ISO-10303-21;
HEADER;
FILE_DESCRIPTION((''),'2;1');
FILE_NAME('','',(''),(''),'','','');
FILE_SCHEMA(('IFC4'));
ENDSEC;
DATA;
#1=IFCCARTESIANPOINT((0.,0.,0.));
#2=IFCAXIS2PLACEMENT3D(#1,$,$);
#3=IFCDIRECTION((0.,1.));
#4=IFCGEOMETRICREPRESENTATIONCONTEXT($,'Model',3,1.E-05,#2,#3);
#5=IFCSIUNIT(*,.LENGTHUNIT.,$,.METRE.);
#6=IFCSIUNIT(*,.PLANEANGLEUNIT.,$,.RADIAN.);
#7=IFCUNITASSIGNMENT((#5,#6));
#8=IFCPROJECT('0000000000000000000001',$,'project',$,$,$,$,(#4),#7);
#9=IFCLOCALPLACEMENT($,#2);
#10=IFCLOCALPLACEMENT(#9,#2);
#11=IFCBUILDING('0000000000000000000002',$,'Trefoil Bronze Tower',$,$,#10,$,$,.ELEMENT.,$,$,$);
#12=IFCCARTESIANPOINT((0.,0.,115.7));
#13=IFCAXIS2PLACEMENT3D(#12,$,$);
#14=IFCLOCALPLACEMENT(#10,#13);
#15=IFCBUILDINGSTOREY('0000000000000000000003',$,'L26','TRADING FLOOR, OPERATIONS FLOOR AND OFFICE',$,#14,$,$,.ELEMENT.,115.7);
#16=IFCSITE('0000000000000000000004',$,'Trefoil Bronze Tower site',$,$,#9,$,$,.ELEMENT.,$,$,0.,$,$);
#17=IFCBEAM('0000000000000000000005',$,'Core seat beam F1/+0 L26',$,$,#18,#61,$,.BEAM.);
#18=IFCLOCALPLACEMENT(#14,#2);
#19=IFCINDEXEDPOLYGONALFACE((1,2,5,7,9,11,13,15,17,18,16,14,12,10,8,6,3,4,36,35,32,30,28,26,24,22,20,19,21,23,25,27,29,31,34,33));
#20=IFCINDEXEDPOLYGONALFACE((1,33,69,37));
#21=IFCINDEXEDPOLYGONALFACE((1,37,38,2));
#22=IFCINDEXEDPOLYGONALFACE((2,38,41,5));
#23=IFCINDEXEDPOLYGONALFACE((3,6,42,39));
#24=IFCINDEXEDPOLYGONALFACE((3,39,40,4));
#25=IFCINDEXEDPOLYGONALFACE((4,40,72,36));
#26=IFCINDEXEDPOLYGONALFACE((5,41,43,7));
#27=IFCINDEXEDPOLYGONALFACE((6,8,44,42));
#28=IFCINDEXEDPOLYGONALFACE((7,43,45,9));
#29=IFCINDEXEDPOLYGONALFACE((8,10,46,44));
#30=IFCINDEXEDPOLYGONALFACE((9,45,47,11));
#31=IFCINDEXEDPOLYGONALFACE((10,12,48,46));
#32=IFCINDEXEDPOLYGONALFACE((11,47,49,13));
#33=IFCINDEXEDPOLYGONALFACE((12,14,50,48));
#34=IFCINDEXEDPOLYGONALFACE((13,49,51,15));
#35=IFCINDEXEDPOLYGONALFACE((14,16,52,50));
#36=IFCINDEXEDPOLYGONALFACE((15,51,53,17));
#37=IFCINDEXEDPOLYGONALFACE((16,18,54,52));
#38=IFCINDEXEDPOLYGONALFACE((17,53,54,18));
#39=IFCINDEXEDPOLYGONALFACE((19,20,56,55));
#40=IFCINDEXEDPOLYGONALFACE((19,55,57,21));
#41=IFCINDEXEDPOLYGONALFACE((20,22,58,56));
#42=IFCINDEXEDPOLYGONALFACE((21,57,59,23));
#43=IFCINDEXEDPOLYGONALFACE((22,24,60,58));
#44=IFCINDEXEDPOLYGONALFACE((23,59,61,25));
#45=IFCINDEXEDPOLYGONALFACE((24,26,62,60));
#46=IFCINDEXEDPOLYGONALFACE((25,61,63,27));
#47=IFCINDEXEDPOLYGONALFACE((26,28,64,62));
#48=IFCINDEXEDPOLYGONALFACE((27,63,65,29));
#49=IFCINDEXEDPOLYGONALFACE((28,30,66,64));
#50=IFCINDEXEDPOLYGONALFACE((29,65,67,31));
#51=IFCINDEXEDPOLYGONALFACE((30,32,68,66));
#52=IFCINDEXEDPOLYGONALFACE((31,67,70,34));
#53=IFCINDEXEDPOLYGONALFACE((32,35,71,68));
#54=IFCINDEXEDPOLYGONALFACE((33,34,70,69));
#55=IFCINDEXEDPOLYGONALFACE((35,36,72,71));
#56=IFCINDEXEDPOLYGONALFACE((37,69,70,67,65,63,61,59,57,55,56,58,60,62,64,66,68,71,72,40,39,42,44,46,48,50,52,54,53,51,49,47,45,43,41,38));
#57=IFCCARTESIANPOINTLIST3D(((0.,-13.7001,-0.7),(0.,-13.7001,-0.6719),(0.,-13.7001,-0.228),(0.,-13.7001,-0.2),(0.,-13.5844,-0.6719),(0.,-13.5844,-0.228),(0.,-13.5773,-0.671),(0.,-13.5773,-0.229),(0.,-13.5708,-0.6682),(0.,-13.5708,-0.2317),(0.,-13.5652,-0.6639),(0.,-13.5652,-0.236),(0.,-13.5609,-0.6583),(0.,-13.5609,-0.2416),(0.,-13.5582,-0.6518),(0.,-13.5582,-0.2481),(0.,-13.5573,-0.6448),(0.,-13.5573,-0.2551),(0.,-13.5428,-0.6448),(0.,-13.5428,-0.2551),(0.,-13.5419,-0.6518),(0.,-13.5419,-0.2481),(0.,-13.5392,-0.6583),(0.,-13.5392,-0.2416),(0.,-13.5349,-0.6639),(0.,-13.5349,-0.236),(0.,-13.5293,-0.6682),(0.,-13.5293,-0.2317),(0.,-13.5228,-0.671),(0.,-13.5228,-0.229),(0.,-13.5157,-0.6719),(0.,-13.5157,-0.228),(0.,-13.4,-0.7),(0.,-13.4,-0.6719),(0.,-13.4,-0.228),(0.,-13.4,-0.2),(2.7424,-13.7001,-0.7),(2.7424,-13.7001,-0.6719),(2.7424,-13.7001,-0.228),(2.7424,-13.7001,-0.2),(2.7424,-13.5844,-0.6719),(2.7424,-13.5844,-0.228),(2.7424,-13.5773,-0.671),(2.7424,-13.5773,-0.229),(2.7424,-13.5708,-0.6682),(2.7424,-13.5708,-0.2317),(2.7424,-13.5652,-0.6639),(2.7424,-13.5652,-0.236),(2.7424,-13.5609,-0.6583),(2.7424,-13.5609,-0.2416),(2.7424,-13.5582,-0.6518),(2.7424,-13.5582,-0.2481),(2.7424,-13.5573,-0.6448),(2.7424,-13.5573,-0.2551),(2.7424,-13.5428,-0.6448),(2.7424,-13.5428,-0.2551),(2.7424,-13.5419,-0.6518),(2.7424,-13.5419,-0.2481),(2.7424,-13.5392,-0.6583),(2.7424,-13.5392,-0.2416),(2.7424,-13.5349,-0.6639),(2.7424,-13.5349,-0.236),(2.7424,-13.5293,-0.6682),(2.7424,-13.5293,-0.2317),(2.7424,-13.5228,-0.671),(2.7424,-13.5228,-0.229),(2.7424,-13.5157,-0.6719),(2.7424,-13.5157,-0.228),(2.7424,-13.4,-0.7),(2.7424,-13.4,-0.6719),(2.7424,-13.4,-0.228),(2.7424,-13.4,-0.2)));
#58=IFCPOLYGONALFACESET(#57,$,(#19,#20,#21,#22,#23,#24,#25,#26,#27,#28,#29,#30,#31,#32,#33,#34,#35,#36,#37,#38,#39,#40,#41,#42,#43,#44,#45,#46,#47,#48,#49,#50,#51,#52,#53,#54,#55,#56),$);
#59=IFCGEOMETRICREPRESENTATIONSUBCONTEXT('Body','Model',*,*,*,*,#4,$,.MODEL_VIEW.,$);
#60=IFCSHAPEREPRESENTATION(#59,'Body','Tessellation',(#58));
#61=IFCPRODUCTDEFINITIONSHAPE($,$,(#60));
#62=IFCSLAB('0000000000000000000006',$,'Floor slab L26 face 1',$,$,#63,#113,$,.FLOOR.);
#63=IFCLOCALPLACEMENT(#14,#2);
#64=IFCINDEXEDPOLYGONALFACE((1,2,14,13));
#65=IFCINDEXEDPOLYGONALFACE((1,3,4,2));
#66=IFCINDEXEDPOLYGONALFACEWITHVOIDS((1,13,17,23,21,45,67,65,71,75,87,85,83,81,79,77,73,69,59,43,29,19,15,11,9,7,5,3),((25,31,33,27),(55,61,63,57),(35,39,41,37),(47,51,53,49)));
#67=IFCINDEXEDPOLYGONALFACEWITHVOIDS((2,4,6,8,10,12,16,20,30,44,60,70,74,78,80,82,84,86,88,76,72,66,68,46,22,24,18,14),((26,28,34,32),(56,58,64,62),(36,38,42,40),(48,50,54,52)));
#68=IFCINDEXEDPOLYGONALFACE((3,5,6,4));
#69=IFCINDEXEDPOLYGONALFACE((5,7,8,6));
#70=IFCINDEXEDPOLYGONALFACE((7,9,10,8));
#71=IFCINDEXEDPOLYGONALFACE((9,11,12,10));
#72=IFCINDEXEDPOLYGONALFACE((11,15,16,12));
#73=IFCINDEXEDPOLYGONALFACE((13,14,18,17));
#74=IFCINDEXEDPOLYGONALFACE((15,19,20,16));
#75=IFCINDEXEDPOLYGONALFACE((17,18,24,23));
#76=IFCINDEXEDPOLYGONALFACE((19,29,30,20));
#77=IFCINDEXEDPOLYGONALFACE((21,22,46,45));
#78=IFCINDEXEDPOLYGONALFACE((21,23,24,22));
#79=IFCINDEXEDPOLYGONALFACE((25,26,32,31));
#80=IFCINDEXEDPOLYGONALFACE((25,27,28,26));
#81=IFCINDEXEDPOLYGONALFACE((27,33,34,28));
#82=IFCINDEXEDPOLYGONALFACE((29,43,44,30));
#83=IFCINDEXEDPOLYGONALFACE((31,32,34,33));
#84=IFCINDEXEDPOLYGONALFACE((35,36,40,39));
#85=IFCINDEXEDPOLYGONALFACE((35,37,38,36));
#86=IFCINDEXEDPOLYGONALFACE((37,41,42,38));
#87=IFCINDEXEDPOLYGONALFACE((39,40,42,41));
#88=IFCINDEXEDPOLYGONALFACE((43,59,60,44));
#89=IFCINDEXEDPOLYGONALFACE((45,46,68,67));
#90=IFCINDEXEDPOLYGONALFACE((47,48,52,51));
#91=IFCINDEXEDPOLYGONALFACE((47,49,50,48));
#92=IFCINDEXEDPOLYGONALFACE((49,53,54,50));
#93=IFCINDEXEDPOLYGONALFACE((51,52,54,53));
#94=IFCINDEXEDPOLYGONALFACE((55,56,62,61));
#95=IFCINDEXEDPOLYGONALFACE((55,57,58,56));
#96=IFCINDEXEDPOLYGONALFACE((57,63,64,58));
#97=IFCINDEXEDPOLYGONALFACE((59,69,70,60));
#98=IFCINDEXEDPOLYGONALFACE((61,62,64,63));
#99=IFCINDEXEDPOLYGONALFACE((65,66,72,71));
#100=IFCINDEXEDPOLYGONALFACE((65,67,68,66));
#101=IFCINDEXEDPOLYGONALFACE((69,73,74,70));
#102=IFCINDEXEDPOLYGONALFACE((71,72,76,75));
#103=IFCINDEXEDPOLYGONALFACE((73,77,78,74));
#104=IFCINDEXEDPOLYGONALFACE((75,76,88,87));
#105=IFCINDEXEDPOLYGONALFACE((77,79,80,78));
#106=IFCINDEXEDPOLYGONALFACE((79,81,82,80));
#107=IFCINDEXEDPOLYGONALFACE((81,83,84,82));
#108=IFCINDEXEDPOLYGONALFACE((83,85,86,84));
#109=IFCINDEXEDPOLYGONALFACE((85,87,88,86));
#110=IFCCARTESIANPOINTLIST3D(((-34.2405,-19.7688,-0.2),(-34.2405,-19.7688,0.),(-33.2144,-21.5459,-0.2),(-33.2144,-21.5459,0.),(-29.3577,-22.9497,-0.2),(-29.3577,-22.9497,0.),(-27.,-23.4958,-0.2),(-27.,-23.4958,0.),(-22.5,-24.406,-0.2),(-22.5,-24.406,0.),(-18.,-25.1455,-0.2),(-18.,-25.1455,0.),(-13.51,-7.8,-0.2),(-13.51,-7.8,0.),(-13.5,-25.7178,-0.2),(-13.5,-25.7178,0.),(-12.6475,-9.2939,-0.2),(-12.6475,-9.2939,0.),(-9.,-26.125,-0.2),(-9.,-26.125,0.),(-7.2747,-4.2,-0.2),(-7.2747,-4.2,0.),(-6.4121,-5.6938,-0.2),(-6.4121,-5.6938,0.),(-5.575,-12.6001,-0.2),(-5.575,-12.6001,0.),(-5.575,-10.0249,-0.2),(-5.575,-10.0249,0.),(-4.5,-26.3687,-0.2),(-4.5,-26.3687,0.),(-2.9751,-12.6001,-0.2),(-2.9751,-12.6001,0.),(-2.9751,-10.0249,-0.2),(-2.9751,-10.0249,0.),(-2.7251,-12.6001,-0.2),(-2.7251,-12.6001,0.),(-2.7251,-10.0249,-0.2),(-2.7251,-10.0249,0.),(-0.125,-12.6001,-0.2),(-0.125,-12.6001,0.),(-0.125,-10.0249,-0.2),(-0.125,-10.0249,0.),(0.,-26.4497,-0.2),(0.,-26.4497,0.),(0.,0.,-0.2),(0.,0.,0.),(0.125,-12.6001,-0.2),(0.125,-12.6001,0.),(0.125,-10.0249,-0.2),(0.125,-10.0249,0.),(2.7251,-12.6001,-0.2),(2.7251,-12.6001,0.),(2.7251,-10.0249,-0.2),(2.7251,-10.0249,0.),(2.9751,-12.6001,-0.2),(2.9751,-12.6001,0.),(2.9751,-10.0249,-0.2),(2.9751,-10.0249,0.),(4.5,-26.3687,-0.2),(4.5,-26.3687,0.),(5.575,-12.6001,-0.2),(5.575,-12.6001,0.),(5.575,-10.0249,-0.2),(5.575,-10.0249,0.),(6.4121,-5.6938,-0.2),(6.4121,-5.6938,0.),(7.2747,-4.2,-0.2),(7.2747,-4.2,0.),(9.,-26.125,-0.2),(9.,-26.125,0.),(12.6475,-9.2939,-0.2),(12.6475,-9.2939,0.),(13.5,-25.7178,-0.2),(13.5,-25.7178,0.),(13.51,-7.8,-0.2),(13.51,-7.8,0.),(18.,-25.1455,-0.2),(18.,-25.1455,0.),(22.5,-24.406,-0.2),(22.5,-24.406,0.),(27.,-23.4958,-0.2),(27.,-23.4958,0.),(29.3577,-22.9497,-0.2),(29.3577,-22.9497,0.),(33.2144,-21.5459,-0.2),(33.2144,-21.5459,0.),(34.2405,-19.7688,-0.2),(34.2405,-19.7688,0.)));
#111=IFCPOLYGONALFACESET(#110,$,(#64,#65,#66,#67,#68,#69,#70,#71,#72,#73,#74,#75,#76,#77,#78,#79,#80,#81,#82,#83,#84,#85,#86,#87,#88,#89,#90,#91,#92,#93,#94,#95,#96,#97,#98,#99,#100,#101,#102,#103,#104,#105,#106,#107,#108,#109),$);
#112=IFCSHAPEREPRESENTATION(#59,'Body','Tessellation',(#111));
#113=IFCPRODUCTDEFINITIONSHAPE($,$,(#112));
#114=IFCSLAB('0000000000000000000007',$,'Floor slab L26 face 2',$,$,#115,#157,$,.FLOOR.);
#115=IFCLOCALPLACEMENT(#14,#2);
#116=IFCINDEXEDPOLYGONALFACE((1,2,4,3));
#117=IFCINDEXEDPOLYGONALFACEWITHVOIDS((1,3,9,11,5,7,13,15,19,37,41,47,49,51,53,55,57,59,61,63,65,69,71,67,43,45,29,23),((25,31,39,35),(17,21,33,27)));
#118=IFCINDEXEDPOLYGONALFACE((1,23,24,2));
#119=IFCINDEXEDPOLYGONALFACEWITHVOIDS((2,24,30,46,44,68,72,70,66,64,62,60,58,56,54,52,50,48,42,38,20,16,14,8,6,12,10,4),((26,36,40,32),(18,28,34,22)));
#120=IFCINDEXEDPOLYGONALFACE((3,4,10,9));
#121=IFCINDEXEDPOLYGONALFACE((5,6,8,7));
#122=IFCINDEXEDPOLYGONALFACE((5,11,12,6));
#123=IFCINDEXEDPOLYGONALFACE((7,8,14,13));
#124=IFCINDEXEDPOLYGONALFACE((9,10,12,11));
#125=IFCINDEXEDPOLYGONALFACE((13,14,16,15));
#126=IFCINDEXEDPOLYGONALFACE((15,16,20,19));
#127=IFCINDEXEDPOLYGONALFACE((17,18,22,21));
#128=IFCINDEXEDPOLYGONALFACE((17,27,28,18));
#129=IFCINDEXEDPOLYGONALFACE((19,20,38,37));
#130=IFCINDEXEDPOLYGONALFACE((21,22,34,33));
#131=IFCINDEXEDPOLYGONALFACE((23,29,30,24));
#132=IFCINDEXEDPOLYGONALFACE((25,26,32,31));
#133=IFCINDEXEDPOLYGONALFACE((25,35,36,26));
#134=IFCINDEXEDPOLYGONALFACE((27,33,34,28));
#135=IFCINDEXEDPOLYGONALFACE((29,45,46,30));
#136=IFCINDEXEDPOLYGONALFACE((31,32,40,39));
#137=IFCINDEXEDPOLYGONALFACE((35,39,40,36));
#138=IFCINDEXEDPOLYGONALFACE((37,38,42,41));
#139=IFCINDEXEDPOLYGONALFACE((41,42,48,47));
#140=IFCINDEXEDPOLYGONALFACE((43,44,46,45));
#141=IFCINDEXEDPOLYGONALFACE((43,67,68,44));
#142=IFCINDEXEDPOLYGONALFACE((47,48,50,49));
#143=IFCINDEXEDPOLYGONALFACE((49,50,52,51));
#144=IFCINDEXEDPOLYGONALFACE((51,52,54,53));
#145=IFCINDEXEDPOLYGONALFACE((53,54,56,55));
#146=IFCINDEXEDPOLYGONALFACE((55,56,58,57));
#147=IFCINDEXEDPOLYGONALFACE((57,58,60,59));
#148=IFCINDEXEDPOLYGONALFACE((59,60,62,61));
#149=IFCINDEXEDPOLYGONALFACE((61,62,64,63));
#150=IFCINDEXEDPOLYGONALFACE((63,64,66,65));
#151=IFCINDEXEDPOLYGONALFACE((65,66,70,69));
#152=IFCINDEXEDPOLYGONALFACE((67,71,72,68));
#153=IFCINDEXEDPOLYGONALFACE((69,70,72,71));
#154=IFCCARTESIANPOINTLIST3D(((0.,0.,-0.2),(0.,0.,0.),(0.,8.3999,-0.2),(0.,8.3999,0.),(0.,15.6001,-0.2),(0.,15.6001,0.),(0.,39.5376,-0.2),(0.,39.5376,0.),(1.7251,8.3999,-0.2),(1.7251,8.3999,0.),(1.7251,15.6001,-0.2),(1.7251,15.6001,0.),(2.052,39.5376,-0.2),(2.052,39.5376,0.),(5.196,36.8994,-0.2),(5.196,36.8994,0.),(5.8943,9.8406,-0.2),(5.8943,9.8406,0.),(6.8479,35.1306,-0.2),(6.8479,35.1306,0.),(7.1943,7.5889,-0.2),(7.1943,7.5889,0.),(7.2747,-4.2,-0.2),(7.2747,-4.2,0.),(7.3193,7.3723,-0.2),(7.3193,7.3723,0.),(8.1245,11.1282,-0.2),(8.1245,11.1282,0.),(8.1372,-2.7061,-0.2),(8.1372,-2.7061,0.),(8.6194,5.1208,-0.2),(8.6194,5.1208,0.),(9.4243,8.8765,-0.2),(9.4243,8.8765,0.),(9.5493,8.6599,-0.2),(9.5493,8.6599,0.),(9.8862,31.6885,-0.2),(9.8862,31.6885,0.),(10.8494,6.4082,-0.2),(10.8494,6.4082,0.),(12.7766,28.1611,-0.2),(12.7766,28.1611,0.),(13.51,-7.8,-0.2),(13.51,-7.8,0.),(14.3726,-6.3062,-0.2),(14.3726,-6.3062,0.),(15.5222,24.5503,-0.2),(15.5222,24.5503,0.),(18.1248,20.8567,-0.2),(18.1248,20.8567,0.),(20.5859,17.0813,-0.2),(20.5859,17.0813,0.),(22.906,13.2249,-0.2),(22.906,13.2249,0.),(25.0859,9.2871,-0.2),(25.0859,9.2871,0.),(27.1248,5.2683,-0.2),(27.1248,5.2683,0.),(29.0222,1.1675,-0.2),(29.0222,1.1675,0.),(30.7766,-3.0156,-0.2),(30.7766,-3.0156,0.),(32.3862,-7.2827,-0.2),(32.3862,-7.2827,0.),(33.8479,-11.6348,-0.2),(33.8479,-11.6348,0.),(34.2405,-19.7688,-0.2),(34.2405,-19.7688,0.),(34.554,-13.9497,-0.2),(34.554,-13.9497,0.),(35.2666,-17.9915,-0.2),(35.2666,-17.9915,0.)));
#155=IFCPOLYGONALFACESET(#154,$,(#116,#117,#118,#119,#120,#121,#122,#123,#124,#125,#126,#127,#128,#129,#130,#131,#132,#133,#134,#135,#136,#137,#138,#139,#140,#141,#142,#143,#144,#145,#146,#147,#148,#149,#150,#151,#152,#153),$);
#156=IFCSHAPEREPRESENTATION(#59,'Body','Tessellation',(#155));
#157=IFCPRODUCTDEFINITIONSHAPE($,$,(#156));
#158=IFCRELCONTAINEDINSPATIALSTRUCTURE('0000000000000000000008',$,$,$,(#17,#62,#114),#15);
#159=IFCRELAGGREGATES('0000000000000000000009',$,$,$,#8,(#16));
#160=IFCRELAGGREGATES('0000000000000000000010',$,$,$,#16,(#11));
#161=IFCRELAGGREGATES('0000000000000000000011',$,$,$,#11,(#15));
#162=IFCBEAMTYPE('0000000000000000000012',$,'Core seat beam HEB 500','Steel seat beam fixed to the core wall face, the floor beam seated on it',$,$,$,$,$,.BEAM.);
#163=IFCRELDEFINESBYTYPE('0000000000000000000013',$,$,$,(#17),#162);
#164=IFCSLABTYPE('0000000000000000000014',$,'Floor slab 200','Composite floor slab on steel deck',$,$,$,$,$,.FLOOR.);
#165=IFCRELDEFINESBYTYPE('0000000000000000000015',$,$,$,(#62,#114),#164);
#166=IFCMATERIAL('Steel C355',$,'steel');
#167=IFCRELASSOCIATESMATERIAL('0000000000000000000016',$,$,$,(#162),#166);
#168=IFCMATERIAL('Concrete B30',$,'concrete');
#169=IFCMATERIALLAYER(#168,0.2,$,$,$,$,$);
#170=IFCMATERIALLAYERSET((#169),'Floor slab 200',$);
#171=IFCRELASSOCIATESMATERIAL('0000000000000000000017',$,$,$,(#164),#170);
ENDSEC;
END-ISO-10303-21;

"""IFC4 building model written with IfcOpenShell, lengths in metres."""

from ifc_helpers import new_model, si_unit, direction, frame, origin, origin_2d, place, context, subcontext, project, spatial, polyline, i_section, outline, extrude, material, layer, layer_set, material_profile, profile_set, type_object, element, save


model = new_model("IFC4")

# Units and contexts
model_context = context("Model", 3, precision=1e-05, world=origin(), true_north=direction((0.0, 1.0)))
body_context = subcontext(model_context, "Body", "Model", "MODEL_VIEW")
ifc_project = project(units=[si_unit("LENGTHUNIT", "METRE"), si_unit("PLANEANGLEUNIT", "RADIAN")], contexts=[model_context])

# Site, building, storey
site_placement = place(None, origin())
site = spatial("IfcSite", under=ifc_project, at=site_placement, Name="Trefoil Bronze Tower site", CompositionType="ELEMENT", RefElevation=0.0)
building_placement = place(site_placement, origin())
building = spatial("IfcBuilding", under=site, at=building_placement, Name="Trefoil Bronze Tower", CompositionType="ELEMENT")
storey_placement = place(building_placement, frame((0.0, 0.0, 115.7)))
storey = spatial("IfcBuildingStorey", under=building, at=storey_placement, Name="L26", Description="TRADING FLOOR, OPERATIONS FLOOR AND OFFICE", CompositionType="ELEMENT", Elevation=115.7)

# Beam
ifc_material_1 = material(Name="Steel C355", Category="steel")
ifc_material_profile = material_profile(ifc_material_1, i_section(OverallWidth=0.3, OverallDepth=0.5, WebThickness=0.0144, FlangeThickness=0.0281, FilletRadius=0.0271, at=origin_2d()), Name="HEB 500")
ifc_profile_set = profile_set([ifc_material_profile], Name="Steel C355")
beam_type = type_object("IfcBeamType", Name="Core seat beam HEB 500", Description="Steel seat beam fixed to the core wall face, the floor beam seated on it", PredefinedType="BEAM", material=ifc_profile_set)
beam_placement = place(storey_placement, frame((0.0, -13.55, -0.45), z_axis=(1.0, 0.0, 0.0), x_axis=(0.0, 1.0, 0.0)))
element("IfcBeam", 1, at=beam_placement, inside=storey, type_object=beam_type, Name="Core seat beam F1/+0 L26", PredefinedType="BEAM", context=body_context, shape_type="SweptSolid", body=[
    extrude(i_section(OverallWidth=0.3, OverallDepth=0.5, WebThickness=0.0144, FlangeThickness=0.0281, FilletRadius=0.0271, at=origin_2d()), origin(), (0.0, 0.0, 1.0), 2.7424),
])

# Slabs
ifc_material_2 = material(Name="Concrete B30", Category="concrete")
ifc_layer_1 = layer(ifc_material_2, 0.2)
ifc_layer_set_1 = layer_set([ifc_layer_1], Name="Floor slab 200")
slab_type = type_object("IfcSlabType", Name="Floor slab 200", Description="Composite floor slab on steel deck", PredefinedType="FLOOR", material=ifc_layer_set_1)
slab_1_placement = place(storey_placement, frame((0.0, 0.0, -0.2)))
element("IfcSlab", 2, at=slab_1_placement, inside=storey, type_object=slab_type, Name="Floor slab L26 face 1", PredefinedType="FLOOR", context=body_context, shape_type="SweptSolid", body=[
    extrude(outline(polyline([(22.5, -24.406), (18.0, -25.1455), (13.5, -25.7178), (9.0, -26.125), (4.5, -26.3687), (0.0, -26.4497), (-4.5, -26.3687), (-9.0, -26.125), (-13.5, -25.7178), (-18.0, -25.1455), (-22.5, -24.406), (-27.0, -23.4958), (-29.3577, -22.9497), (-33.2144, -21.5459), (-34.2405, -19.7688), (-13.51, -7.8), (-12.6475, -9.2939), (-6.4121, -5.6938), (-7.2747, -4.2), (0.0, 0.0), (7.2747, -4.2), (6.4121, -5.6938), (12.6475, -9.2939), (13.51, -7.8), (34.2405, -19.7688), (33.2144, -21.5459), (29.3577, -22.9497), (27.0, -23.4958), (22.5, -24.406)]), holes=[polyline([(-5.575, -10.0249), (-2.9751, -10.0249), (-2.9751, -12.6001), (-5.575, -12.6001), (-5.575, -10.0249)]), polyline([(-2.7251, -10.0249), (-0.125, -10.0249), (-0.125, -12.6001), (-2.7251, -12.6001), (-2.7251, -10.0249)]), polyline([(0.125, -10.0249), (2.7251, -10.0249), (2.7251, -12.6001), (0.125, -12.6001), (0.125, -10.0249)]), polyline([(2.9751, -10.0249), (5.575, -10.0249), (5.575, -12.6001), (2.9751, -12.6001), (2.9751, -10.0249)])]), origin(), (0.0, 0.0, 1.0), 0.2),
])
slab_2_placement = place(storey_placement, frame((0.0, 0.0, -0.2)))
element("IfcSlab", 3, at=slab_2_placement, inside=storey, type_object=slab_type, Name="Floor slab L26 face 2", PredefinedType="FLOOR", context=body_context, shape_type="SweptSolid", body=[
    extrude(outline(polyline([(9.8862, 31.6885), (12.7766, 28.1611), (15.5222, 24.5503), (18.1248, 20.8567), (20.5859, 17.0813), (22.906, 13.2249), (25.0859, 9.2871), (27.1248, 5.2683), (29.0222, 1.1675), (30.7766, -3.0156), (32.3862, -7.2827), (33.8479, -11.6348), (34.554, -13.9497), (35.2666, -17.9915), (34.2405, -19.7688), (13.51, -7.8), (14.3726, -6.3062), (8.1372, -2.7061), (7.2747, -4.2), (0.0, 0.0), (0.0, 8.3999), (1.7251, 8.3999), (1.7251, 15.6001), (0.0, 15.6001), (0.0, 39.5376), (2.052, 39.5376), (5.196, 36.8994), (6.8479, 35.1306), (9.8862, 31.6885)]), holes=[polyline([(8.6194, 5.1208), (7.3193, 7.3723), (9.5493, 8.6599), (10.8494, 6.4082), (8.6194, 5.1208)]), polyline([(7.1943, 7.5889), (5.8943, 9.8406), (8.1245, 11.1282), (9.4243, 8.8765), (7.1943, 7.5889)])]), origin(), (0.0, 0.0, 1.0), 0.2),
])

save(model, "model.ifc")
